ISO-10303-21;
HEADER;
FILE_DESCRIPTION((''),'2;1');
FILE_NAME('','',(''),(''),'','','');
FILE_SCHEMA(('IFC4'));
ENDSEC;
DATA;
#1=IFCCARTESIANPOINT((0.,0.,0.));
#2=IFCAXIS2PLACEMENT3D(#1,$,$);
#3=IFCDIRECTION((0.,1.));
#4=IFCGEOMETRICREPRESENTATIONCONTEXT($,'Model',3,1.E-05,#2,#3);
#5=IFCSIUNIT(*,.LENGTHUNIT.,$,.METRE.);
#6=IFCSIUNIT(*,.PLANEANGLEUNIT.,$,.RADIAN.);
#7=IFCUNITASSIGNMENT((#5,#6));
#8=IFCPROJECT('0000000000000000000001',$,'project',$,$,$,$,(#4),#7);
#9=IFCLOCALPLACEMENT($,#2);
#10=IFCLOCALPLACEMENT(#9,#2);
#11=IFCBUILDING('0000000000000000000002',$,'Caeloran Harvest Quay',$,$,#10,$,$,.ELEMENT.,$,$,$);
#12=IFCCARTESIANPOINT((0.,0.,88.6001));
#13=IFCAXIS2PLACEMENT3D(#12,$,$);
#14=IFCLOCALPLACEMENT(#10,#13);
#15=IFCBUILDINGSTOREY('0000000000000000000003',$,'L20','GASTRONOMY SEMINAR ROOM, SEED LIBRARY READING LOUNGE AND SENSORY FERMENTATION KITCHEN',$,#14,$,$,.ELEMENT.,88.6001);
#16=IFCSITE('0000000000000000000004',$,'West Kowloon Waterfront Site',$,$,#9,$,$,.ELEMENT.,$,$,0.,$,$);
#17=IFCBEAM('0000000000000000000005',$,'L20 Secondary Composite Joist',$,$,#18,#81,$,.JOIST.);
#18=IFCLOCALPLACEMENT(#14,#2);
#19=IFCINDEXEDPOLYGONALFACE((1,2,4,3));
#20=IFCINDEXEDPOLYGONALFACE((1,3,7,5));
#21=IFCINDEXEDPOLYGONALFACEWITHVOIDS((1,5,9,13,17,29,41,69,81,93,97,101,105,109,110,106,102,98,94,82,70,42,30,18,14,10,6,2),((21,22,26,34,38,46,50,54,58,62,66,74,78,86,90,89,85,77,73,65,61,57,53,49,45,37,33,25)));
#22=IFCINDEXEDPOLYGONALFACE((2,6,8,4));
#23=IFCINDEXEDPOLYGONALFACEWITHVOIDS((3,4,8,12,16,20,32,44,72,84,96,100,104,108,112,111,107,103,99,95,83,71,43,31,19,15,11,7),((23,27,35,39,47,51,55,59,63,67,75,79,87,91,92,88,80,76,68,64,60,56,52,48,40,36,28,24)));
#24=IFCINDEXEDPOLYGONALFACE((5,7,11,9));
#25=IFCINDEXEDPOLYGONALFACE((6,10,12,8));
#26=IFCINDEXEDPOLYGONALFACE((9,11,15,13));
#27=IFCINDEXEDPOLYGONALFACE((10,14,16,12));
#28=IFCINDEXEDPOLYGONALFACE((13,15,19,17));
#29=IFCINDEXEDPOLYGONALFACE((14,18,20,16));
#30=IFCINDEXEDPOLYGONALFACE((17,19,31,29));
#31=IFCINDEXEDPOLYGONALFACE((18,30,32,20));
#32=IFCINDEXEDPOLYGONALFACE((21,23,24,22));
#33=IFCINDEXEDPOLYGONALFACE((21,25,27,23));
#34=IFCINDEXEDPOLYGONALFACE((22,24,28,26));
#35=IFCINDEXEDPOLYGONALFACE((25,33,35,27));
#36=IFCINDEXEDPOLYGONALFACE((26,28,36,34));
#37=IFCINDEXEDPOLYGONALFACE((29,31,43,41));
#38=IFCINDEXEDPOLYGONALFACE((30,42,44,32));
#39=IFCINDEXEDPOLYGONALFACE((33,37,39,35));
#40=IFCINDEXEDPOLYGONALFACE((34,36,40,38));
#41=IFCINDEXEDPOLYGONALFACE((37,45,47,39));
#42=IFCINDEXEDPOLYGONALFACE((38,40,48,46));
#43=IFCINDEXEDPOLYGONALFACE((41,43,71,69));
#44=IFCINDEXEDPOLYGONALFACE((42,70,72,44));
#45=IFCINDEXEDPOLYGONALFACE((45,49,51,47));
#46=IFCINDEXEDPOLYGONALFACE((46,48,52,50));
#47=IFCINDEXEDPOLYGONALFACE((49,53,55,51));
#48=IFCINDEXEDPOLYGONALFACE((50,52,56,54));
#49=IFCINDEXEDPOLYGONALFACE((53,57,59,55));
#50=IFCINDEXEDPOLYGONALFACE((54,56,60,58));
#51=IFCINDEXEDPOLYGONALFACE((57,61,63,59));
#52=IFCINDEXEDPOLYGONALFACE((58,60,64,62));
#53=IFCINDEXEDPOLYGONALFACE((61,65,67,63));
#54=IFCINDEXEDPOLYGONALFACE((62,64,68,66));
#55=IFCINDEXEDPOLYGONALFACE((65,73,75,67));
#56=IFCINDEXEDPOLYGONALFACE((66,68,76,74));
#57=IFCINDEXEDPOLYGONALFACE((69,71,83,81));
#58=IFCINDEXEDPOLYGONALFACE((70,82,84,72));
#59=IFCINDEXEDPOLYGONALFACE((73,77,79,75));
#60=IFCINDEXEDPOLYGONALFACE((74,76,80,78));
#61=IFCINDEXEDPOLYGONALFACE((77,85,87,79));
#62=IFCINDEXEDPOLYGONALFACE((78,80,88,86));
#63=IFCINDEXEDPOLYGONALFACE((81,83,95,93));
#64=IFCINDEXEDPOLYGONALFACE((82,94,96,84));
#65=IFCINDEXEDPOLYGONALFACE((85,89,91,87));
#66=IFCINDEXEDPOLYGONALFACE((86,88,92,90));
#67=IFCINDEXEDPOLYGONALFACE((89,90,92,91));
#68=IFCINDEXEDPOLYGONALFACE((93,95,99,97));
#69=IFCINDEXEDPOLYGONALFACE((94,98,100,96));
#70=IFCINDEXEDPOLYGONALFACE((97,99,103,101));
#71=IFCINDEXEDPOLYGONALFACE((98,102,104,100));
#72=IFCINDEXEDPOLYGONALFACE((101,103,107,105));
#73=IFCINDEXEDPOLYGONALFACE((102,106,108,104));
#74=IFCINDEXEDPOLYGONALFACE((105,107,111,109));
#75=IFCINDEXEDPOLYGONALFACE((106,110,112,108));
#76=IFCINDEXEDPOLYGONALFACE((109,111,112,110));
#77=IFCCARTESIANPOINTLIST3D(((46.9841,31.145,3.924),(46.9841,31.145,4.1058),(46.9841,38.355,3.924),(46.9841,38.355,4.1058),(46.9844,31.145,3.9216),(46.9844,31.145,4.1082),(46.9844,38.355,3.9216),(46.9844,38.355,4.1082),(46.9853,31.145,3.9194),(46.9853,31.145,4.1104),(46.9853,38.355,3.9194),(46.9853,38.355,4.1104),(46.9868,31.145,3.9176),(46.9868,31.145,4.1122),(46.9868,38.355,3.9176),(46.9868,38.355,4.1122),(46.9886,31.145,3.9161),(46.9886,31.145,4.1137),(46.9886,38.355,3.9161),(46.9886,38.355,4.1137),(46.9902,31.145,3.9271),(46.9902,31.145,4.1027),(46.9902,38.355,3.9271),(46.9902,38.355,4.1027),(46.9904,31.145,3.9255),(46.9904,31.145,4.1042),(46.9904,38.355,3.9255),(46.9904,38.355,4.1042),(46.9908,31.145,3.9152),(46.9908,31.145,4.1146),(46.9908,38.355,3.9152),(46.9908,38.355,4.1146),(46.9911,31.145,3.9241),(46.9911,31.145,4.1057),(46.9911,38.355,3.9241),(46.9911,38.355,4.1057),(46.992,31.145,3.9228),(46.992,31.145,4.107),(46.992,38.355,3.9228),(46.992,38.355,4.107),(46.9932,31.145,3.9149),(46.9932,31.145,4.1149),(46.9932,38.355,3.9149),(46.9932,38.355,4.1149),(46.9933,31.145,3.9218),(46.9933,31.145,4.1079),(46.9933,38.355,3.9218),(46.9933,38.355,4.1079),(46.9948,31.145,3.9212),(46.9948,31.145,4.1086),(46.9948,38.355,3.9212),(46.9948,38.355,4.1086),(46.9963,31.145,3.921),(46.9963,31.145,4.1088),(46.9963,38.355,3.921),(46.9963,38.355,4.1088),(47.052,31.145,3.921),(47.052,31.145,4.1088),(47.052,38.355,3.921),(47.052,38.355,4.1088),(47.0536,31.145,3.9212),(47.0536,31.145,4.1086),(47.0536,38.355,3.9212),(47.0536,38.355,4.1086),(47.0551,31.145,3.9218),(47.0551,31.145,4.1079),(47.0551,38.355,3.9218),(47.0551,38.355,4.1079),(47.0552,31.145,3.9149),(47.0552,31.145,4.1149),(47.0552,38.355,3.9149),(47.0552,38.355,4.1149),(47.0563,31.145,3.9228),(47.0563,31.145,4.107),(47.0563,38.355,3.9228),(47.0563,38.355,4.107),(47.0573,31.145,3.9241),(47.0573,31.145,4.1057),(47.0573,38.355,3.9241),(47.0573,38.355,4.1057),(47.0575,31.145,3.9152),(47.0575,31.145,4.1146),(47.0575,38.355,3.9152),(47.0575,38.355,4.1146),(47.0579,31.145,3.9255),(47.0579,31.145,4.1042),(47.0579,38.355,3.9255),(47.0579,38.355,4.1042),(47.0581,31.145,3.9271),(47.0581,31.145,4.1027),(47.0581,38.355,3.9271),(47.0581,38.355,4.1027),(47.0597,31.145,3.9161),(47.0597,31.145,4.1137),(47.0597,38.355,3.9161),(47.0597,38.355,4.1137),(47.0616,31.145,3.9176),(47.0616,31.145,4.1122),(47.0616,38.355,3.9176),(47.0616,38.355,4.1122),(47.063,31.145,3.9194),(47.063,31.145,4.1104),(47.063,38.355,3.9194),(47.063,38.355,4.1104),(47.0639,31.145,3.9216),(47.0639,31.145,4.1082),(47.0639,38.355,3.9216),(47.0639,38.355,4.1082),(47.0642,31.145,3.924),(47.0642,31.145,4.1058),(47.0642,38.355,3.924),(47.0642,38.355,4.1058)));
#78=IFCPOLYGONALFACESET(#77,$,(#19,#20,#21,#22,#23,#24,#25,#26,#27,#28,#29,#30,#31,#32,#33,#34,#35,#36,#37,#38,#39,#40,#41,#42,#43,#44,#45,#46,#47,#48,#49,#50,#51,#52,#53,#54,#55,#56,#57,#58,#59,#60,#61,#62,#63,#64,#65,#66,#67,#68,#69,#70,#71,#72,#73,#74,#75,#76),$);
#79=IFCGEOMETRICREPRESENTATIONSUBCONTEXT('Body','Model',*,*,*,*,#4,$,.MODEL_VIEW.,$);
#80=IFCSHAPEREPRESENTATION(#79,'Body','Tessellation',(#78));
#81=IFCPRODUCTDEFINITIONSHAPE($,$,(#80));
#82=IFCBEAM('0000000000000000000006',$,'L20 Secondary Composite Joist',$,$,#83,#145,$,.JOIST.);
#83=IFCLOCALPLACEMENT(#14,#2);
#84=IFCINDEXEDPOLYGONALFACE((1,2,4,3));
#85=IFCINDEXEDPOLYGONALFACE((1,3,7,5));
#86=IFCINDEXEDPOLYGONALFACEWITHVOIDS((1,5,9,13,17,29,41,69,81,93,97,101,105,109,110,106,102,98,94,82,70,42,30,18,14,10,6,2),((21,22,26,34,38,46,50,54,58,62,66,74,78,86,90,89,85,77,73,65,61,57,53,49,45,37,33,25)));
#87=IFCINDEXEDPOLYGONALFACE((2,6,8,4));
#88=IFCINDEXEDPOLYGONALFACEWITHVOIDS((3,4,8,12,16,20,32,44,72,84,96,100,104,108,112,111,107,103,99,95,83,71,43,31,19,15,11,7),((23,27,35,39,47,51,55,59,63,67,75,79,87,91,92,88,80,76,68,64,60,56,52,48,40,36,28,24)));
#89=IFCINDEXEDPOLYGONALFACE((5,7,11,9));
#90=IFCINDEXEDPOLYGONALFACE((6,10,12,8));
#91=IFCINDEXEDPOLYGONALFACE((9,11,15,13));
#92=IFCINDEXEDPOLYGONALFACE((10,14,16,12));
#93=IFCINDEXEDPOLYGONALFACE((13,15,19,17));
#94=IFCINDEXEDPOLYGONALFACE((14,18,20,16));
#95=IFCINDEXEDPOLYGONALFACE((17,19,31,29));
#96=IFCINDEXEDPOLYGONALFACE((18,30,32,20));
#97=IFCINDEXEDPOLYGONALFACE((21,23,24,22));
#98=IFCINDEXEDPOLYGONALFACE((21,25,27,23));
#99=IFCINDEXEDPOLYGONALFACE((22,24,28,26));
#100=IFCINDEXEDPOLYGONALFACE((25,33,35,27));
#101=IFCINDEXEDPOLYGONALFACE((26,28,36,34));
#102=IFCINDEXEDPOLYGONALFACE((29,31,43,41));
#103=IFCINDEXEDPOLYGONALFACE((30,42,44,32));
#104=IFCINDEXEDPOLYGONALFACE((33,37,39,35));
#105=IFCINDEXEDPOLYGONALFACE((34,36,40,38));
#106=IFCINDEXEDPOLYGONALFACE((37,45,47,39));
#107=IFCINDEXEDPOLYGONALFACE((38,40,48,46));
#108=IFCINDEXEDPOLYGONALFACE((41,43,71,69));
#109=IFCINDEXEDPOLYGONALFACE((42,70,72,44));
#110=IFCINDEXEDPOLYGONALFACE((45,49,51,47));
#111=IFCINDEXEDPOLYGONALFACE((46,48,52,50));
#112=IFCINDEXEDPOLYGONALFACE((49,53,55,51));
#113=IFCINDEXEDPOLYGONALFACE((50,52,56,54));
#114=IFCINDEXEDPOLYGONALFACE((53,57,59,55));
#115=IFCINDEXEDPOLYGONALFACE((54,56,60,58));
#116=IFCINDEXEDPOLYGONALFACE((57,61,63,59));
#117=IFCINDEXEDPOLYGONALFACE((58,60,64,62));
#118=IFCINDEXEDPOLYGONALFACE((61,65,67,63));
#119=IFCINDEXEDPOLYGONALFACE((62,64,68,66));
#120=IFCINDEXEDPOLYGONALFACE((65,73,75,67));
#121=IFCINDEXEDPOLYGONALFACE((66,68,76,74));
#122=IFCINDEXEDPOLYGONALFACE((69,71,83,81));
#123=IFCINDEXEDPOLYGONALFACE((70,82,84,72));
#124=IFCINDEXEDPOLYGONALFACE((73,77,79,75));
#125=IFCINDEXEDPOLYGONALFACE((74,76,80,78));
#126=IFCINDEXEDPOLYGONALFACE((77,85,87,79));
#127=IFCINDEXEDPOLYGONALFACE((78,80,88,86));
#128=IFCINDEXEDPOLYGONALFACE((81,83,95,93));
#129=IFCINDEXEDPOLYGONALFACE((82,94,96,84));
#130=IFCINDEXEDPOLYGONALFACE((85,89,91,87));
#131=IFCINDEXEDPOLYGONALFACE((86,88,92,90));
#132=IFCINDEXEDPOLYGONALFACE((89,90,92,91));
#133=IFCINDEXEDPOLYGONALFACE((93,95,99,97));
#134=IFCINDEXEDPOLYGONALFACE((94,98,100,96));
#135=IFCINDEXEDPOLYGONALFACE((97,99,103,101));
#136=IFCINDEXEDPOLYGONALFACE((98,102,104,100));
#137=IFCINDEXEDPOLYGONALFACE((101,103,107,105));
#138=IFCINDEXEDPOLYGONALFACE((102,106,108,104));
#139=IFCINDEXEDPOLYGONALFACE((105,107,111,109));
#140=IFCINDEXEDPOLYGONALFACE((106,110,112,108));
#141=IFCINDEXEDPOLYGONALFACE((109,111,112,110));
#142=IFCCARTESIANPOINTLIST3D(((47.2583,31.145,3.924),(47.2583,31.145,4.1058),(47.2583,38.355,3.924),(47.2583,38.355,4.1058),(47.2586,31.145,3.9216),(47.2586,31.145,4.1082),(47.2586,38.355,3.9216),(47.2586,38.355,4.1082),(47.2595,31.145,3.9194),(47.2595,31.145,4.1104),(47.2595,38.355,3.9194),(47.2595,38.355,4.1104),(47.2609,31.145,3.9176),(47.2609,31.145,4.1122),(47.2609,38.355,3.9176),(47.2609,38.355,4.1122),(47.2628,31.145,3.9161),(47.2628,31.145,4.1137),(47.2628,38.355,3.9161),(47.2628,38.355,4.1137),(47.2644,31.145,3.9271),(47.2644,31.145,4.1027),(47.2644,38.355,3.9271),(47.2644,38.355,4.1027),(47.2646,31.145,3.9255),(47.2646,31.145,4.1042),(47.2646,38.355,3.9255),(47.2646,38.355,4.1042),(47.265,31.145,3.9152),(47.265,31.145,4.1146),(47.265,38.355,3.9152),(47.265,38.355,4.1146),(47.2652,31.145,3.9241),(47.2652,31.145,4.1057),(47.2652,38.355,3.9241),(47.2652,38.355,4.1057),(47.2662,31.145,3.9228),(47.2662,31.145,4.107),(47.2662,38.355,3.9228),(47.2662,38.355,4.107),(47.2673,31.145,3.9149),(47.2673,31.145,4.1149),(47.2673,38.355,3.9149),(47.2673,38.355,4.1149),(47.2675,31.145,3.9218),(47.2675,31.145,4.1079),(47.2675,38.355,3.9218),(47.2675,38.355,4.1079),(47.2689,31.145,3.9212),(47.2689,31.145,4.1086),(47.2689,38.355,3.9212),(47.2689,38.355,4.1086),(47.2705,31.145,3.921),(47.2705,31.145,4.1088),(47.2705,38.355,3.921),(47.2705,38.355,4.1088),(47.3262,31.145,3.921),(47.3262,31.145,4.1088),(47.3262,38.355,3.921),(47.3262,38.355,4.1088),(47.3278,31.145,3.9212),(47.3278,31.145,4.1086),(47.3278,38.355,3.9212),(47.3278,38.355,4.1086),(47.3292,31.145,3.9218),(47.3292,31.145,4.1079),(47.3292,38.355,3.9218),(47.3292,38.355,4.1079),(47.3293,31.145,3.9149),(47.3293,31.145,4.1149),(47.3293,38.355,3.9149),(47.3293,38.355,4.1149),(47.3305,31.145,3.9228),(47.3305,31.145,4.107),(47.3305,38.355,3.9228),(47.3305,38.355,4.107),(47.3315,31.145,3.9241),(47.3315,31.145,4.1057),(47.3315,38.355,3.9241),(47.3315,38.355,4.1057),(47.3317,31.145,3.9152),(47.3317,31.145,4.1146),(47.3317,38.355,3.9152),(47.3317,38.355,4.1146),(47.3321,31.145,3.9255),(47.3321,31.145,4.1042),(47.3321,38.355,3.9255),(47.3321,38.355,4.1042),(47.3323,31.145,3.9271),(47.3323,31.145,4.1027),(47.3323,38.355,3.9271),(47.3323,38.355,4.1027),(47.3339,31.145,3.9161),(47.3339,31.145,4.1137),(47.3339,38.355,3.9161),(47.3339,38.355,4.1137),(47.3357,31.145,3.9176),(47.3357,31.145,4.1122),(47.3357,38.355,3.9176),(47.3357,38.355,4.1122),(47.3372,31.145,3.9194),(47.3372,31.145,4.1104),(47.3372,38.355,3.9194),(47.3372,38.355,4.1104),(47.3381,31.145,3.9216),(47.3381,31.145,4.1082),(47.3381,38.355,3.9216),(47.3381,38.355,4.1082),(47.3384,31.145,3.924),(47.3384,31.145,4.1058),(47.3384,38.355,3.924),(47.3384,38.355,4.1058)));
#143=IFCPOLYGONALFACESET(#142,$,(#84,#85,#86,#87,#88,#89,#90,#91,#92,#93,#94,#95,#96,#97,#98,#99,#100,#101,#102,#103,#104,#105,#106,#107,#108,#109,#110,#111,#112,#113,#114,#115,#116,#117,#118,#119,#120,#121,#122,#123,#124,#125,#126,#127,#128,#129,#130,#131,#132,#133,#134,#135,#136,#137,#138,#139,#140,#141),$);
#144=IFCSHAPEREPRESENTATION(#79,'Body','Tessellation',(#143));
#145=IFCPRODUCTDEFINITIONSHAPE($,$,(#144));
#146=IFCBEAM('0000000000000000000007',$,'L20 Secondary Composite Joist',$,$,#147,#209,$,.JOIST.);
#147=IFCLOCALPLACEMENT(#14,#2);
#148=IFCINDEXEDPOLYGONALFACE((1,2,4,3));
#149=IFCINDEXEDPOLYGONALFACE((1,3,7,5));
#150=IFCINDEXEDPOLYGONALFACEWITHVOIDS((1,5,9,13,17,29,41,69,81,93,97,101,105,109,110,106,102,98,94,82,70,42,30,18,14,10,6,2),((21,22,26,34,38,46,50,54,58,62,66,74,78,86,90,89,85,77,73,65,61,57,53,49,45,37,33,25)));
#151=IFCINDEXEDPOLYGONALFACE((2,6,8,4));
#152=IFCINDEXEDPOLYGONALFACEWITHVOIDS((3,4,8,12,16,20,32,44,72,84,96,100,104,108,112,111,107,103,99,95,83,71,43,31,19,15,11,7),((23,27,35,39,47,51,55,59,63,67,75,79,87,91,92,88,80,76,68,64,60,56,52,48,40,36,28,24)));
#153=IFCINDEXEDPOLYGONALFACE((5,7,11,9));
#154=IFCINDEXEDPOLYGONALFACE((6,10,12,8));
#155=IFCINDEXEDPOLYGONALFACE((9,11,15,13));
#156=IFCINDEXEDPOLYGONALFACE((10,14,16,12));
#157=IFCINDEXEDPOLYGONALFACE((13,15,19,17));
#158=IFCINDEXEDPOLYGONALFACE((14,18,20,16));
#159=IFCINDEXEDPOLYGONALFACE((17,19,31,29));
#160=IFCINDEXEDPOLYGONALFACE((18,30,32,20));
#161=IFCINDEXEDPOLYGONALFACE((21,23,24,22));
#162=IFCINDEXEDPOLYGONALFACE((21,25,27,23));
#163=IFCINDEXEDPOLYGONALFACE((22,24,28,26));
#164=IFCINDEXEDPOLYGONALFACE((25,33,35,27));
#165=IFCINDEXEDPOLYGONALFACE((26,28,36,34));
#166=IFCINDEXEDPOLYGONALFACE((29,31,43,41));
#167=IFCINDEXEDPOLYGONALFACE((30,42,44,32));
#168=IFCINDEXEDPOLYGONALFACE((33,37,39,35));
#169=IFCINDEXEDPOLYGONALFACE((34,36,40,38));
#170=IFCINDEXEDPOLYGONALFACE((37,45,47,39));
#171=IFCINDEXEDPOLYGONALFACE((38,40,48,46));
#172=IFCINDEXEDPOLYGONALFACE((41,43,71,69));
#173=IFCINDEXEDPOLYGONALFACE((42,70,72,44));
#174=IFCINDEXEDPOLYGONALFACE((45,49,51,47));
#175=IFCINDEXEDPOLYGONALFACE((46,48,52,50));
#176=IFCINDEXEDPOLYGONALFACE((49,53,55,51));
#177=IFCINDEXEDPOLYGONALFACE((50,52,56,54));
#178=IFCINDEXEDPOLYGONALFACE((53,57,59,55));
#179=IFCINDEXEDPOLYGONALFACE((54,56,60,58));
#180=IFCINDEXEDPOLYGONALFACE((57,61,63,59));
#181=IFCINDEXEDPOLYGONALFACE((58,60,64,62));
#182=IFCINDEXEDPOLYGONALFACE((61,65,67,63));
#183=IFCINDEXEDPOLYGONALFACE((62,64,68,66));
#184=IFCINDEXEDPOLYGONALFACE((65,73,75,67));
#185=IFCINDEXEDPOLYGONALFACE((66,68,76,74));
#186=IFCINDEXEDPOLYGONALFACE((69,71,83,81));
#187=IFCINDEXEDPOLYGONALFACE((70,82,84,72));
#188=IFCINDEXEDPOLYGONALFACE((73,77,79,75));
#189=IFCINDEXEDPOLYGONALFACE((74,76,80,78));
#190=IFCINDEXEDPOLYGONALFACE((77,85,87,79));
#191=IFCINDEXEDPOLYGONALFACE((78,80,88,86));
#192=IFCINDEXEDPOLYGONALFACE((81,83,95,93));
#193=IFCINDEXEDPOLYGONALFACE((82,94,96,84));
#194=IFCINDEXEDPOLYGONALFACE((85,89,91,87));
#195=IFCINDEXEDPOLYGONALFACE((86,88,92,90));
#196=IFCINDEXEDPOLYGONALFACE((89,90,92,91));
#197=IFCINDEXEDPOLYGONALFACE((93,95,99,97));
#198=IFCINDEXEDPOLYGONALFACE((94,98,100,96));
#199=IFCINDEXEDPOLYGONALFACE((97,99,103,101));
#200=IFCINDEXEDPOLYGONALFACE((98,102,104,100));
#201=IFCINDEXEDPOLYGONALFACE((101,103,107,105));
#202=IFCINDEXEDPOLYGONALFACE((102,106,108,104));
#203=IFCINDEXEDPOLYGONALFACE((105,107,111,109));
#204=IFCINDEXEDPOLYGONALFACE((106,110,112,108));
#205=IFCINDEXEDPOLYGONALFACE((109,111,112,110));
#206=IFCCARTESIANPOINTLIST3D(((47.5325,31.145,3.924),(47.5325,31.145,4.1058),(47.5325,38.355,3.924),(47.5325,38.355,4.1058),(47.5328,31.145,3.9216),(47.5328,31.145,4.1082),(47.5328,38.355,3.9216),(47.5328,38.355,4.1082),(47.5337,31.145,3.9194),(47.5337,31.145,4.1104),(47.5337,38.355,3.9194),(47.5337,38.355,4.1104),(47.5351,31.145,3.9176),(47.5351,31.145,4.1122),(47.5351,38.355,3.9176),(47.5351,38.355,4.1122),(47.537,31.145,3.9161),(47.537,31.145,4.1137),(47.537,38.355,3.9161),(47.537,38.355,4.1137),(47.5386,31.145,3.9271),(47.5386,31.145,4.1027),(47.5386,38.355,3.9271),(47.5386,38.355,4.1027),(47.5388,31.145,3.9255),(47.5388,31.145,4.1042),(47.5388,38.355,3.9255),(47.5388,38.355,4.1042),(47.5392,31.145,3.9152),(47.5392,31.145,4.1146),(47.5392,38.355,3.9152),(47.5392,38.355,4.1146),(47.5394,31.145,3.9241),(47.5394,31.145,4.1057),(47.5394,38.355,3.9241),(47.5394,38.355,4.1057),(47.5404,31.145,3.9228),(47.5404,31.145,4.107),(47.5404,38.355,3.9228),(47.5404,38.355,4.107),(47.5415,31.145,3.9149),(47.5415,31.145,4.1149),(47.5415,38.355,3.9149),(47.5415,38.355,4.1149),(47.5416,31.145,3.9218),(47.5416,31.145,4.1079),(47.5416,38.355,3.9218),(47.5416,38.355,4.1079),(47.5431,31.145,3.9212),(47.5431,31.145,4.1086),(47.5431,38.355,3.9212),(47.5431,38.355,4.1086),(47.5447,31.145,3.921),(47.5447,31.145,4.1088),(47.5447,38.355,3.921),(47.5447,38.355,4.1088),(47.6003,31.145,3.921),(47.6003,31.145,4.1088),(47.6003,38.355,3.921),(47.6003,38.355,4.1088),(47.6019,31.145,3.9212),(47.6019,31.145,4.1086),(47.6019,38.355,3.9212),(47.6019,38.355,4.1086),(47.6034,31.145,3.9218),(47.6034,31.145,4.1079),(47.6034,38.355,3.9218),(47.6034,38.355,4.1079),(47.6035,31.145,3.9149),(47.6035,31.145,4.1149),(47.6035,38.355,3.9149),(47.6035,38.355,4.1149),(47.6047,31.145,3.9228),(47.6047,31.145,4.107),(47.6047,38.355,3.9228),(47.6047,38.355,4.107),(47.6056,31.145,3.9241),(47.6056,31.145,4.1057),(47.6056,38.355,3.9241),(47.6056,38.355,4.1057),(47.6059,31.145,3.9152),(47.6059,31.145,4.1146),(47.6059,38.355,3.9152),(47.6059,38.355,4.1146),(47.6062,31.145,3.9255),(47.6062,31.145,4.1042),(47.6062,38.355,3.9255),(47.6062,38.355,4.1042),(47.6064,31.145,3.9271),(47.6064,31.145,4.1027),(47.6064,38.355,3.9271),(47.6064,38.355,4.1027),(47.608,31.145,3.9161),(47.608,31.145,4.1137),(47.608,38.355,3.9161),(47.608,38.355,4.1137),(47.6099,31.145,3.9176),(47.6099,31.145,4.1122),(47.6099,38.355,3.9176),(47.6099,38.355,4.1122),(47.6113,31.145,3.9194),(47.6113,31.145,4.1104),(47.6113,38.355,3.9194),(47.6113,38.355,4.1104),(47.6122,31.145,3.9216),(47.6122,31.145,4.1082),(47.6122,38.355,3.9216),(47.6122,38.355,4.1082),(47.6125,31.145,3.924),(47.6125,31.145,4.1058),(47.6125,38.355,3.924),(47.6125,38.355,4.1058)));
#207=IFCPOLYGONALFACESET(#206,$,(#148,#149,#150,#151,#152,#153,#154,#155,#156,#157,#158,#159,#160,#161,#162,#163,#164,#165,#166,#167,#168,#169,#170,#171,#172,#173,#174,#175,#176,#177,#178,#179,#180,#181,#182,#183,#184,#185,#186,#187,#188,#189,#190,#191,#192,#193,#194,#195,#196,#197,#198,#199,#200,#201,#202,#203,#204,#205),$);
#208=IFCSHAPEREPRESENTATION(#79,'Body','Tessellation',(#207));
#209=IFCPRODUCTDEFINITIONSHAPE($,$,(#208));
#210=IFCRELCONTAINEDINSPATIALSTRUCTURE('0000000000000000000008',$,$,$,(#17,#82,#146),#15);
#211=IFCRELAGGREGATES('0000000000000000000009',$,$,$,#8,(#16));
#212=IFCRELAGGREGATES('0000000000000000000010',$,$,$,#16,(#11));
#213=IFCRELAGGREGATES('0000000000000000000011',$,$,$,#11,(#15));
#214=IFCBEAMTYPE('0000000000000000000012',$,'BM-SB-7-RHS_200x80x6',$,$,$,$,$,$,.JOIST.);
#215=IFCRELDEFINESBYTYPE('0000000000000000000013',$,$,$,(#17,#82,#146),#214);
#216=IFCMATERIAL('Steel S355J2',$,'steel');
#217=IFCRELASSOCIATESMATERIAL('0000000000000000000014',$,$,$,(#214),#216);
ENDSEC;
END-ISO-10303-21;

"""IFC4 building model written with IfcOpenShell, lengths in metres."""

from ifc_helpers import new_model, si_unit, direction, frame, origin, origin_2d, place, context, subcontext, project, spatial, hollow_rectangle, extrude, material, material_profile, profile_set, type_object, element, save


model = new_model("IFC4")

# Units and contexts
model_context = context("Model", 3, precision=1e-05, world=origin(), true_north=direction((0.0, 1.0)))
body_context = subcontext(model_context, "Body", "Model", "MODEL_VIEW")
ifc_project = project(units=[si_unit("LENGTHUNIT", "METRE"), si_unit("PLANEANGLEUNIT", "RADIAN")], contexts=[model_context])

# Site, building, storey
site_placement = place(None, origin())
site = spatial("IfcSite", under=ifc_project, at=site_placement, Name="West Kowloon Waterfront Site", CompositionType="ELEMENT", RefElevation=0.0)
building_placement = place(site_placement, origin())
building = spatial("IfcBuilding", under=site, at=building_placement, Name="Caeloran Harvest Quay", CompositionType="ELEMENT")
storey_placement = place(building_placement, frame((0.0, 0.0, 88.6001)))
storey = spatial("IfcBuildingStorey", under=building, at=storey_placement, Name="L20", Description="GASTRONOMY SEMINAR ROOM, SEED LIBRARY READING LOUNGE AND SENSORY FERMENTATION KITCHEN", CompositionType="ELEMENT", Elevation=88.6001)

# Beams
ifc_material_1 = material(Name="Steel S355J2", Category="steel")
ifc_material_profile_1 = material_profile(ifc_material_1, hollow_rectangle(XDim=0.0801, YDim=0.2, WallThickness=0.0061, InnerFilletRadius=0.0061, OuterFilletRadius=0.009, at=origin_2d()), Name="RHS 200x80x6")
ifc_profile_set_1 = profile_set([ifc_material_profile_1], Name="Steel S355J2")
beam_type_1 = type_object("IfcBeamType", Name="BM-SB-7-RHS_200x80x6", PredefinedType="JOIST", material=ifc_profile_set_1)
for number, where, z_axis, x_axis, name in (
    (1, (47.0242, 31.145, 4.0149), (0.0, 1.0, 0.0), (-1.0, 0.0, 0.0), "L20 Secondary Composite Joist"),
    (2, (47.2983, 31.145, 4.0149), (0.0, 1.0, 0.0), (-1.0, 0.0, 0.0), "L20 Secondary Composite Joist"),
    (3, (47.5725, 31.145, 4.0149), (0.0, 1.0, 0.0), (-1.0, 0.0, 0.0), "L20 Secondary Composite Joist"),
):
    element("IfcBeam", number, at=place(storey_placement, frame(where, z_axis=z_axis, x_axis=x_axis)), inside=storey, type_object=beam_type_1, Name=name, PredefinedType="JOIST", context=body_context, shape_type="SweptSolid", body=[
        extrude(hollow_rectangle(XDim=0.0801, YDim=0.2, WallThickness=0.0061, InnerFilletRadius=0.0061, OuterFilletRadius=0.009, at=origin_2d()), origin(), (0.0, 0.0, 1.0), 7.21),
    ])

save(model, "model.ifc")
